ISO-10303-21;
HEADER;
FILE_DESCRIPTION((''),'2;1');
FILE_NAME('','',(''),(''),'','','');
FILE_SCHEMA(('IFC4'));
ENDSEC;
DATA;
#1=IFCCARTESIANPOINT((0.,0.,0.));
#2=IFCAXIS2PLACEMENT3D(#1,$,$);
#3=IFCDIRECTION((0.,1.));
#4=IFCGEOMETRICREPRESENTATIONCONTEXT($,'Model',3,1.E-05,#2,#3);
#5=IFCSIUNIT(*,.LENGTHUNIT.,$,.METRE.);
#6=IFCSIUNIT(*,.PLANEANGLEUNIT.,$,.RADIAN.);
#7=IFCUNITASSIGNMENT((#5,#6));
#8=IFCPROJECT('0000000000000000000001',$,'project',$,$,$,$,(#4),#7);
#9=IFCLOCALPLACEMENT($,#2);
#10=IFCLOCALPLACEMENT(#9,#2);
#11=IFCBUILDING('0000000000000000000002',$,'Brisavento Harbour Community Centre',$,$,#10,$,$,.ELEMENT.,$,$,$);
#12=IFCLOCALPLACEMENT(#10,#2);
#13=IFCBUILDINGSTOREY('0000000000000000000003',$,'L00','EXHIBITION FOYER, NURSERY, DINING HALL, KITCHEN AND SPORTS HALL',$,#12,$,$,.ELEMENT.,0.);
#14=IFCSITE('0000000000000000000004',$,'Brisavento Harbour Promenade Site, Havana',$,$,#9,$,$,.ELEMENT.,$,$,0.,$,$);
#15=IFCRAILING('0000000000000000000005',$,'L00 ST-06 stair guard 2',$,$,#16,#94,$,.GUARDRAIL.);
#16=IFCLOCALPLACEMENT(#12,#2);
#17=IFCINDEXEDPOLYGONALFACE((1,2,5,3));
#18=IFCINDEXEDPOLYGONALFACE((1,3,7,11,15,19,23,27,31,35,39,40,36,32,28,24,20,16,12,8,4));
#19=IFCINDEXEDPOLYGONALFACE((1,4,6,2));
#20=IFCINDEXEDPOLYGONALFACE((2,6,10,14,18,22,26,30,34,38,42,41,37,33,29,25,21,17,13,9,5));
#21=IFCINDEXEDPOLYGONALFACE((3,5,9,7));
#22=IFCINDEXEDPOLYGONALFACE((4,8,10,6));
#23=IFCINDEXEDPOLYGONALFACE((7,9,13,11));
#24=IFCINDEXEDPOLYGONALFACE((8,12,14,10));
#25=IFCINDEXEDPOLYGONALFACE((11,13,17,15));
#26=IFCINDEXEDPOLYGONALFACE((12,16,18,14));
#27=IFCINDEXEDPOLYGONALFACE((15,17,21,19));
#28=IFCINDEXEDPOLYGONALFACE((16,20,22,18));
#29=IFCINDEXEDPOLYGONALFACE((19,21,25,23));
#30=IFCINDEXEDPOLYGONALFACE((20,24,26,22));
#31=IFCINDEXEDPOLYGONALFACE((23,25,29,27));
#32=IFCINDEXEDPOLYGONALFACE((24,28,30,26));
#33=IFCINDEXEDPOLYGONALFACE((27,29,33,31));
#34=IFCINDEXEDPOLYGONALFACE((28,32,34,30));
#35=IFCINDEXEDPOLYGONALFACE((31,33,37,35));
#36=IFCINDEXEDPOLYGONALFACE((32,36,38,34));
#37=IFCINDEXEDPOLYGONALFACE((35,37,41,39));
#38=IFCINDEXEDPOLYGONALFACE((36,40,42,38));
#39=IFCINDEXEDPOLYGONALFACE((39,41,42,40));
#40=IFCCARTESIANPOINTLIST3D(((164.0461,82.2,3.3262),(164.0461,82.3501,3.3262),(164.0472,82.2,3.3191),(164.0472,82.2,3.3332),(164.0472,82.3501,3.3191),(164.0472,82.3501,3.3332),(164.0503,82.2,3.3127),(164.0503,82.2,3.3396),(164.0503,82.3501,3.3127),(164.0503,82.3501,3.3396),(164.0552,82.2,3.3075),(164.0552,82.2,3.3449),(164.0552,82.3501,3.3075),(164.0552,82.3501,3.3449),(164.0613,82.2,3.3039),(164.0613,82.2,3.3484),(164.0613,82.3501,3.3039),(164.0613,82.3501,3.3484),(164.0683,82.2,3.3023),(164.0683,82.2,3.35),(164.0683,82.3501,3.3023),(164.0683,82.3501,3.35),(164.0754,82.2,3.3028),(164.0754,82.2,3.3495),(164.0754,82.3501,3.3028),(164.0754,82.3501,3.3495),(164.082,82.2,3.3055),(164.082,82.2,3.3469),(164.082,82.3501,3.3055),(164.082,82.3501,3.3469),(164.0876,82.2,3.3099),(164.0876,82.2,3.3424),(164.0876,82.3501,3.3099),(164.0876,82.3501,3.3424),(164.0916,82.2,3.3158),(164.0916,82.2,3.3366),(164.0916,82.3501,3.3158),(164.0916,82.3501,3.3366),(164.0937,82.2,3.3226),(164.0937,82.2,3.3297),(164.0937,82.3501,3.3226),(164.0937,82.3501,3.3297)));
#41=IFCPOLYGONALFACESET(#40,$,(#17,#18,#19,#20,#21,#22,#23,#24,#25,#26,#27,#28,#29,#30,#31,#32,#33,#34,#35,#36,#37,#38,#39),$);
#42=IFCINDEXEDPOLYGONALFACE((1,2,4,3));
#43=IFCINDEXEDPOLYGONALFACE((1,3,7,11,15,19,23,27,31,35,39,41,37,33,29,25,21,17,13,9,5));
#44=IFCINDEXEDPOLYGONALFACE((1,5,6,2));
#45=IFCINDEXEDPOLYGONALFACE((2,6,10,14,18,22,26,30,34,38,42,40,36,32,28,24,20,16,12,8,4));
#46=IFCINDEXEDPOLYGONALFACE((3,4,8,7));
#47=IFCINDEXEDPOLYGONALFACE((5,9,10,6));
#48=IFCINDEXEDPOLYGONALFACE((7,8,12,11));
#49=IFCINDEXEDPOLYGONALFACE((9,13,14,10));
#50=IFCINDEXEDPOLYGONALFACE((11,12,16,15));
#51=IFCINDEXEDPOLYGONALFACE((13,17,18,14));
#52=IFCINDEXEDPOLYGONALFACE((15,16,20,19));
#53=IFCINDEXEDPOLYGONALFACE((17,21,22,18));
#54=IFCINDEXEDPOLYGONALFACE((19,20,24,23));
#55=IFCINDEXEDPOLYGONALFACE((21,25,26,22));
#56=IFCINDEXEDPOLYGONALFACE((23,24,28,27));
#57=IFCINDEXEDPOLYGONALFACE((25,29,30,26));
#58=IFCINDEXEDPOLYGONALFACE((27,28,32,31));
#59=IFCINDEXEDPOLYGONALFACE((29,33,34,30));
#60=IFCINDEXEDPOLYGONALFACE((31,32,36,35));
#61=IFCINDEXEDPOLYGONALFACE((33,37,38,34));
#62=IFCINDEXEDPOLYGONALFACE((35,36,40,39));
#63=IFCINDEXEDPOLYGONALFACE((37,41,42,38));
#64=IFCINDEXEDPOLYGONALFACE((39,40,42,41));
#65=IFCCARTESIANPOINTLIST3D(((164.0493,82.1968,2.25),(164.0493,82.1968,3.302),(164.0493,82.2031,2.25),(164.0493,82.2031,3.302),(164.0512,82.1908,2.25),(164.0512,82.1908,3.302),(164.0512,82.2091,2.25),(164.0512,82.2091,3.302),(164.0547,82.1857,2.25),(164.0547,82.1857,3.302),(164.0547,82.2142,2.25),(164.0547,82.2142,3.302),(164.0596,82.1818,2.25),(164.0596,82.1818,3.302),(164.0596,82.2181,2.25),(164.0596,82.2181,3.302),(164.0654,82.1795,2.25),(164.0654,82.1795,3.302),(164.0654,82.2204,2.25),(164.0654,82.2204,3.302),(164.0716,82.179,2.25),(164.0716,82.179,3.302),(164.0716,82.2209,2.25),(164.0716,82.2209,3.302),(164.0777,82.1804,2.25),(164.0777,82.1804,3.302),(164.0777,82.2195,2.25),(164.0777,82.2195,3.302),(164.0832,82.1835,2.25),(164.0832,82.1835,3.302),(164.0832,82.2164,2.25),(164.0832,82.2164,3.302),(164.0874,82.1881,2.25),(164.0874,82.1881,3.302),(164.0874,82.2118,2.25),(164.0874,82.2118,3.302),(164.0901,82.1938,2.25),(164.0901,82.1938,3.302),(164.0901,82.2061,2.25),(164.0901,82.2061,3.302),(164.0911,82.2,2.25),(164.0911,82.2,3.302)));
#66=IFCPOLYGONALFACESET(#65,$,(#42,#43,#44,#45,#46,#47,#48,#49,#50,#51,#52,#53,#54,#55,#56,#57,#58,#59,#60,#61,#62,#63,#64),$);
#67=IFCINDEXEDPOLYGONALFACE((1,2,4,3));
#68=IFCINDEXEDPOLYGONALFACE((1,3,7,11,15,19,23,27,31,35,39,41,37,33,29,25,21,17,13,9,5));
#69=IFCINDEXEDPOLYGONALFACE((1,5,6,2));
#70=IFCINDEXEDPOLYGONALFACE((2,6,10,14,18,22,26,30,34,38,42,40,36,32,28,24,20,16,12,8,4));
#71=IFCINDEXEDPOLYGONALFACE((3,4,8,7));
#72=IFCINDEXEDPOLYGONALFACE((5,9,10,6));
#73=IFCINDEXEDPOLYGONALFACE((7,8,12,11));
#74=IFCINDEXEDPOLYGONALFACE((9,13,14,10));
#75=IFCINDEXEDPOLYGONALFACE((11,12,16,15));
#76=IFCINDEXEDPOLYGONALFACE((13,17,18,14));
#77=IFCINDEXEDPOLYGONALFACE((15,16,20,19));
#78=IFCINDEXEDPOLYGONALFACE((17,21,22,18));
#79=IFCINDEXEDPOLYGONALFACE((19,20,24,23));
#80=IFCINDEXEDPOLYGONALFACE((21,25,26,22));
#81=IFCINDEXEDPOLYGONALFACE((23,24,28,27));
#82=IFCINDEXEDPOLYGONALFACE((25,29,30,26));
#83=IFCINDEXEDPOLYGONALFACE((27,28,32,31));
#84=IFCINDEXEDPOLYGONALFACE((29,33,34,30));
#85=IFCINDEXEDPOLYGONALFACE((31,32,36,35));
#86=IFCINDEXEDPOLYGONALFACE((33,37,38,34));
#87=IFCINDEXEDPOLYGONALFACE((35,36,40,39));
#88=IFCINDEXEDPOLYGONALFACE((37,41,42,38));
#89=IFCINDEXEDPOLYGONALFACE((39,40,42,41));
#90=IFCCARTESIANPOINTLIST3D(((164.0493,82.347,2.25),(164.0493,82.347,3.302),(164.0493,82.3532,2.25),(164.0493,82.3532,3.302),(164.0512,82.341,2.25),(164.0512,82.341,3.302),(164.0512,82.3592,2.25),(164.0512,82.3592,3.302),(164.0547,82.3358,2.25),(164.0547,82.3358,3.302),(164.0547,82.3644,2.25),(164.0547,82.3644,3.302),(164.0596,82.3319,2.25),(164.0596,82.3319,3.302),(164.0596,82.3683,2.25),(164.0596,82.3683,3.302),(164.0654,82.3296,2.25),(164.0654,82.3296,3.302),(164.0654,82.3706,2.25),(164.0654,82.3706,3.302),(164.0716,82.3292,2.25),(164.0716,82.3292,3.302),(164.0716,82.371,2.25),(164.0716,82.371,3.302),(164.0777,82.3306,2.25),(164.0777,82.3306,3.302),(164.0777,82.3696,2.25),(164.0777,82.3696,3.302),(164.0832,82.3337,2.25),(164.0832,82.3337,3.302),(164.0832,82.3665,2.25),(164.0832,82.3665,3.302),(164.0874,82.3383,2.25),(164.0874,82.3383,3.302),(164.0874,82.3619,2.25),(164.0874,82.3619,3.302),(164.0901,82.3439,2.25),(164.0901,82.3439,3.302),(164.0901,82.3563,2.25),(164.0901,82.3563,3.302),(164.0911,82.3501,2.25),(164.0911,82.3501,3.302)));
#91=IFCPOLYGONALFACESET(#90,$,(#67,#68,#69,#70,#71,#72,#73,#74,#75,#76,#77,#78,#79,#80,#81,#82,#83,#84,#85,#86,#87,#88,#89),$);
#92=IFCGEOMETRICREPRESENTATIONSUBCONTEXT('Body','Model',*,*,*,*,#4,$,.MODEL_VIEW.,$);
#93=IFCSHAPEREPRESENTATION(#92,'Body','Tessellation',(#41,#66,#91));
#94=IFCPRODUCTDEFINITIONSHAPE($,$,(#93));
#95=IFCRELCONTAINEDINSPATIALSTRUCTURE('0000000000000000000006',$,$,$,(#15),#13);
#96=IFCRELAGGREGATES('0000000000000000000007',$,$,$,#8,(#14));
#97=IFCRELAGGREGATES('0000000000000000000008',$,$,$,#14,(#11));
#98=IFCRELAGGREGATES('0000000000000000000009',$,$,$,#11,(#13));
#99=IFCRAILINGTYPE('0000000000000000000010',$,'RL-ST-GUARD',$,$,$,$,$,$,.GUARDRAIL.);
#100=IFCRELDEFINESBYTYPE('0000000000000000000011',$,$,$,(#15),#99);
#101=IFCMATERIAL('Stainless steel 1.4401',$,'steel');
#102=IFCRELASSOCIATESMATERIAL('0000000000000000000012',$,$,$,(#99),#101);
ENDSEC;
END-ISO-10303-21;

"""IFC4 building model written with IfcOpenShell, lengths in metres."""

from ifc_helpers import new_model, si_unit, direction, frame, origin, origin_2d, place, context, subcontext, project, spatial, circle, extrude, material, type_object, element, save


model = new_model("IFC4")

# Units and contexts
model_context = context("Model", 3, precision=1e-05, world=origin(), true_north=direction((0.0, 1.0)))
body_context = subcontext(model_context, "Body", "Model", "MODEL_VIEW")
ifc_project = project(units=[si_unit("LENGTHUNIT", "METRE"), si_unit("PLANEANGLEUNIT", "RADIAN")], contexts=[model_context])

# Site, building, storey
site_placement = place(None, origin())
site = spatial("IfcSite", under=ifc_project, at=site_placement, Name="Brisavento Harbour Promenade Site, Havana", CompositionType="ELEMENT", RefElevation=0.0)
building_placement = place(site_placement, origin())
building = spatial("IfcBuilding", under=site, at=building_placement, Name="Brisavento Harbour Community Centre", CompositionType="ELEMENT")
storey_placement = place(building_placement, origin())
storey = spatial("IfcBuildingStorey", under=building, at=storey_placement, Name="L00", Description="EXHIBITION FOYER, NURSERY, DINING HALL, KITCHEN AND SPORTS HALL", CompositionType="ELEMENT", Elevation=0.0)

# Railing
ifc_material_1 = material(Name="Stainless steel 1.4401", Category="steel")
railing_type_1 = type_object("IfcRailingType", Name="RL-ST-GUARD", PredefinedType="GUARDRAIL", material=ifc_material_1)
railing_1_placement = place(storey_placement, frame((164.0701, 82.2, 2.25)))
element("IfcRailing", 1, at=railing_1_placement, inside=storey, type_object=railing_type_1, Name="L00 ST-06 stair guard 2", PredefinedType="GUARDRAIL", context=body_context, shape_type="SweptSolid", body=[
    extrude(circle(Radius=0.0239, at=origin_2d()), frame((0.0, 0.0, 1.0762), z_axis=(0.0, 1.0, 0.0), x_axis=(-1.0, 0.0, 0.0)), (0.0, 0.0, 1.0), 0.1501),
    extrude(circle(Radius=0.021, at=origin_2d()), origin(), (0.0, 0.0, 1.0), 1.052),
    extrude(circle(Radius=0.021, at=origin_2d()), frame((0.0, 0.1501, 0.0)), (0.0, 0.0, 1.0), 1.052),
])

save(model, "model.ifc")
